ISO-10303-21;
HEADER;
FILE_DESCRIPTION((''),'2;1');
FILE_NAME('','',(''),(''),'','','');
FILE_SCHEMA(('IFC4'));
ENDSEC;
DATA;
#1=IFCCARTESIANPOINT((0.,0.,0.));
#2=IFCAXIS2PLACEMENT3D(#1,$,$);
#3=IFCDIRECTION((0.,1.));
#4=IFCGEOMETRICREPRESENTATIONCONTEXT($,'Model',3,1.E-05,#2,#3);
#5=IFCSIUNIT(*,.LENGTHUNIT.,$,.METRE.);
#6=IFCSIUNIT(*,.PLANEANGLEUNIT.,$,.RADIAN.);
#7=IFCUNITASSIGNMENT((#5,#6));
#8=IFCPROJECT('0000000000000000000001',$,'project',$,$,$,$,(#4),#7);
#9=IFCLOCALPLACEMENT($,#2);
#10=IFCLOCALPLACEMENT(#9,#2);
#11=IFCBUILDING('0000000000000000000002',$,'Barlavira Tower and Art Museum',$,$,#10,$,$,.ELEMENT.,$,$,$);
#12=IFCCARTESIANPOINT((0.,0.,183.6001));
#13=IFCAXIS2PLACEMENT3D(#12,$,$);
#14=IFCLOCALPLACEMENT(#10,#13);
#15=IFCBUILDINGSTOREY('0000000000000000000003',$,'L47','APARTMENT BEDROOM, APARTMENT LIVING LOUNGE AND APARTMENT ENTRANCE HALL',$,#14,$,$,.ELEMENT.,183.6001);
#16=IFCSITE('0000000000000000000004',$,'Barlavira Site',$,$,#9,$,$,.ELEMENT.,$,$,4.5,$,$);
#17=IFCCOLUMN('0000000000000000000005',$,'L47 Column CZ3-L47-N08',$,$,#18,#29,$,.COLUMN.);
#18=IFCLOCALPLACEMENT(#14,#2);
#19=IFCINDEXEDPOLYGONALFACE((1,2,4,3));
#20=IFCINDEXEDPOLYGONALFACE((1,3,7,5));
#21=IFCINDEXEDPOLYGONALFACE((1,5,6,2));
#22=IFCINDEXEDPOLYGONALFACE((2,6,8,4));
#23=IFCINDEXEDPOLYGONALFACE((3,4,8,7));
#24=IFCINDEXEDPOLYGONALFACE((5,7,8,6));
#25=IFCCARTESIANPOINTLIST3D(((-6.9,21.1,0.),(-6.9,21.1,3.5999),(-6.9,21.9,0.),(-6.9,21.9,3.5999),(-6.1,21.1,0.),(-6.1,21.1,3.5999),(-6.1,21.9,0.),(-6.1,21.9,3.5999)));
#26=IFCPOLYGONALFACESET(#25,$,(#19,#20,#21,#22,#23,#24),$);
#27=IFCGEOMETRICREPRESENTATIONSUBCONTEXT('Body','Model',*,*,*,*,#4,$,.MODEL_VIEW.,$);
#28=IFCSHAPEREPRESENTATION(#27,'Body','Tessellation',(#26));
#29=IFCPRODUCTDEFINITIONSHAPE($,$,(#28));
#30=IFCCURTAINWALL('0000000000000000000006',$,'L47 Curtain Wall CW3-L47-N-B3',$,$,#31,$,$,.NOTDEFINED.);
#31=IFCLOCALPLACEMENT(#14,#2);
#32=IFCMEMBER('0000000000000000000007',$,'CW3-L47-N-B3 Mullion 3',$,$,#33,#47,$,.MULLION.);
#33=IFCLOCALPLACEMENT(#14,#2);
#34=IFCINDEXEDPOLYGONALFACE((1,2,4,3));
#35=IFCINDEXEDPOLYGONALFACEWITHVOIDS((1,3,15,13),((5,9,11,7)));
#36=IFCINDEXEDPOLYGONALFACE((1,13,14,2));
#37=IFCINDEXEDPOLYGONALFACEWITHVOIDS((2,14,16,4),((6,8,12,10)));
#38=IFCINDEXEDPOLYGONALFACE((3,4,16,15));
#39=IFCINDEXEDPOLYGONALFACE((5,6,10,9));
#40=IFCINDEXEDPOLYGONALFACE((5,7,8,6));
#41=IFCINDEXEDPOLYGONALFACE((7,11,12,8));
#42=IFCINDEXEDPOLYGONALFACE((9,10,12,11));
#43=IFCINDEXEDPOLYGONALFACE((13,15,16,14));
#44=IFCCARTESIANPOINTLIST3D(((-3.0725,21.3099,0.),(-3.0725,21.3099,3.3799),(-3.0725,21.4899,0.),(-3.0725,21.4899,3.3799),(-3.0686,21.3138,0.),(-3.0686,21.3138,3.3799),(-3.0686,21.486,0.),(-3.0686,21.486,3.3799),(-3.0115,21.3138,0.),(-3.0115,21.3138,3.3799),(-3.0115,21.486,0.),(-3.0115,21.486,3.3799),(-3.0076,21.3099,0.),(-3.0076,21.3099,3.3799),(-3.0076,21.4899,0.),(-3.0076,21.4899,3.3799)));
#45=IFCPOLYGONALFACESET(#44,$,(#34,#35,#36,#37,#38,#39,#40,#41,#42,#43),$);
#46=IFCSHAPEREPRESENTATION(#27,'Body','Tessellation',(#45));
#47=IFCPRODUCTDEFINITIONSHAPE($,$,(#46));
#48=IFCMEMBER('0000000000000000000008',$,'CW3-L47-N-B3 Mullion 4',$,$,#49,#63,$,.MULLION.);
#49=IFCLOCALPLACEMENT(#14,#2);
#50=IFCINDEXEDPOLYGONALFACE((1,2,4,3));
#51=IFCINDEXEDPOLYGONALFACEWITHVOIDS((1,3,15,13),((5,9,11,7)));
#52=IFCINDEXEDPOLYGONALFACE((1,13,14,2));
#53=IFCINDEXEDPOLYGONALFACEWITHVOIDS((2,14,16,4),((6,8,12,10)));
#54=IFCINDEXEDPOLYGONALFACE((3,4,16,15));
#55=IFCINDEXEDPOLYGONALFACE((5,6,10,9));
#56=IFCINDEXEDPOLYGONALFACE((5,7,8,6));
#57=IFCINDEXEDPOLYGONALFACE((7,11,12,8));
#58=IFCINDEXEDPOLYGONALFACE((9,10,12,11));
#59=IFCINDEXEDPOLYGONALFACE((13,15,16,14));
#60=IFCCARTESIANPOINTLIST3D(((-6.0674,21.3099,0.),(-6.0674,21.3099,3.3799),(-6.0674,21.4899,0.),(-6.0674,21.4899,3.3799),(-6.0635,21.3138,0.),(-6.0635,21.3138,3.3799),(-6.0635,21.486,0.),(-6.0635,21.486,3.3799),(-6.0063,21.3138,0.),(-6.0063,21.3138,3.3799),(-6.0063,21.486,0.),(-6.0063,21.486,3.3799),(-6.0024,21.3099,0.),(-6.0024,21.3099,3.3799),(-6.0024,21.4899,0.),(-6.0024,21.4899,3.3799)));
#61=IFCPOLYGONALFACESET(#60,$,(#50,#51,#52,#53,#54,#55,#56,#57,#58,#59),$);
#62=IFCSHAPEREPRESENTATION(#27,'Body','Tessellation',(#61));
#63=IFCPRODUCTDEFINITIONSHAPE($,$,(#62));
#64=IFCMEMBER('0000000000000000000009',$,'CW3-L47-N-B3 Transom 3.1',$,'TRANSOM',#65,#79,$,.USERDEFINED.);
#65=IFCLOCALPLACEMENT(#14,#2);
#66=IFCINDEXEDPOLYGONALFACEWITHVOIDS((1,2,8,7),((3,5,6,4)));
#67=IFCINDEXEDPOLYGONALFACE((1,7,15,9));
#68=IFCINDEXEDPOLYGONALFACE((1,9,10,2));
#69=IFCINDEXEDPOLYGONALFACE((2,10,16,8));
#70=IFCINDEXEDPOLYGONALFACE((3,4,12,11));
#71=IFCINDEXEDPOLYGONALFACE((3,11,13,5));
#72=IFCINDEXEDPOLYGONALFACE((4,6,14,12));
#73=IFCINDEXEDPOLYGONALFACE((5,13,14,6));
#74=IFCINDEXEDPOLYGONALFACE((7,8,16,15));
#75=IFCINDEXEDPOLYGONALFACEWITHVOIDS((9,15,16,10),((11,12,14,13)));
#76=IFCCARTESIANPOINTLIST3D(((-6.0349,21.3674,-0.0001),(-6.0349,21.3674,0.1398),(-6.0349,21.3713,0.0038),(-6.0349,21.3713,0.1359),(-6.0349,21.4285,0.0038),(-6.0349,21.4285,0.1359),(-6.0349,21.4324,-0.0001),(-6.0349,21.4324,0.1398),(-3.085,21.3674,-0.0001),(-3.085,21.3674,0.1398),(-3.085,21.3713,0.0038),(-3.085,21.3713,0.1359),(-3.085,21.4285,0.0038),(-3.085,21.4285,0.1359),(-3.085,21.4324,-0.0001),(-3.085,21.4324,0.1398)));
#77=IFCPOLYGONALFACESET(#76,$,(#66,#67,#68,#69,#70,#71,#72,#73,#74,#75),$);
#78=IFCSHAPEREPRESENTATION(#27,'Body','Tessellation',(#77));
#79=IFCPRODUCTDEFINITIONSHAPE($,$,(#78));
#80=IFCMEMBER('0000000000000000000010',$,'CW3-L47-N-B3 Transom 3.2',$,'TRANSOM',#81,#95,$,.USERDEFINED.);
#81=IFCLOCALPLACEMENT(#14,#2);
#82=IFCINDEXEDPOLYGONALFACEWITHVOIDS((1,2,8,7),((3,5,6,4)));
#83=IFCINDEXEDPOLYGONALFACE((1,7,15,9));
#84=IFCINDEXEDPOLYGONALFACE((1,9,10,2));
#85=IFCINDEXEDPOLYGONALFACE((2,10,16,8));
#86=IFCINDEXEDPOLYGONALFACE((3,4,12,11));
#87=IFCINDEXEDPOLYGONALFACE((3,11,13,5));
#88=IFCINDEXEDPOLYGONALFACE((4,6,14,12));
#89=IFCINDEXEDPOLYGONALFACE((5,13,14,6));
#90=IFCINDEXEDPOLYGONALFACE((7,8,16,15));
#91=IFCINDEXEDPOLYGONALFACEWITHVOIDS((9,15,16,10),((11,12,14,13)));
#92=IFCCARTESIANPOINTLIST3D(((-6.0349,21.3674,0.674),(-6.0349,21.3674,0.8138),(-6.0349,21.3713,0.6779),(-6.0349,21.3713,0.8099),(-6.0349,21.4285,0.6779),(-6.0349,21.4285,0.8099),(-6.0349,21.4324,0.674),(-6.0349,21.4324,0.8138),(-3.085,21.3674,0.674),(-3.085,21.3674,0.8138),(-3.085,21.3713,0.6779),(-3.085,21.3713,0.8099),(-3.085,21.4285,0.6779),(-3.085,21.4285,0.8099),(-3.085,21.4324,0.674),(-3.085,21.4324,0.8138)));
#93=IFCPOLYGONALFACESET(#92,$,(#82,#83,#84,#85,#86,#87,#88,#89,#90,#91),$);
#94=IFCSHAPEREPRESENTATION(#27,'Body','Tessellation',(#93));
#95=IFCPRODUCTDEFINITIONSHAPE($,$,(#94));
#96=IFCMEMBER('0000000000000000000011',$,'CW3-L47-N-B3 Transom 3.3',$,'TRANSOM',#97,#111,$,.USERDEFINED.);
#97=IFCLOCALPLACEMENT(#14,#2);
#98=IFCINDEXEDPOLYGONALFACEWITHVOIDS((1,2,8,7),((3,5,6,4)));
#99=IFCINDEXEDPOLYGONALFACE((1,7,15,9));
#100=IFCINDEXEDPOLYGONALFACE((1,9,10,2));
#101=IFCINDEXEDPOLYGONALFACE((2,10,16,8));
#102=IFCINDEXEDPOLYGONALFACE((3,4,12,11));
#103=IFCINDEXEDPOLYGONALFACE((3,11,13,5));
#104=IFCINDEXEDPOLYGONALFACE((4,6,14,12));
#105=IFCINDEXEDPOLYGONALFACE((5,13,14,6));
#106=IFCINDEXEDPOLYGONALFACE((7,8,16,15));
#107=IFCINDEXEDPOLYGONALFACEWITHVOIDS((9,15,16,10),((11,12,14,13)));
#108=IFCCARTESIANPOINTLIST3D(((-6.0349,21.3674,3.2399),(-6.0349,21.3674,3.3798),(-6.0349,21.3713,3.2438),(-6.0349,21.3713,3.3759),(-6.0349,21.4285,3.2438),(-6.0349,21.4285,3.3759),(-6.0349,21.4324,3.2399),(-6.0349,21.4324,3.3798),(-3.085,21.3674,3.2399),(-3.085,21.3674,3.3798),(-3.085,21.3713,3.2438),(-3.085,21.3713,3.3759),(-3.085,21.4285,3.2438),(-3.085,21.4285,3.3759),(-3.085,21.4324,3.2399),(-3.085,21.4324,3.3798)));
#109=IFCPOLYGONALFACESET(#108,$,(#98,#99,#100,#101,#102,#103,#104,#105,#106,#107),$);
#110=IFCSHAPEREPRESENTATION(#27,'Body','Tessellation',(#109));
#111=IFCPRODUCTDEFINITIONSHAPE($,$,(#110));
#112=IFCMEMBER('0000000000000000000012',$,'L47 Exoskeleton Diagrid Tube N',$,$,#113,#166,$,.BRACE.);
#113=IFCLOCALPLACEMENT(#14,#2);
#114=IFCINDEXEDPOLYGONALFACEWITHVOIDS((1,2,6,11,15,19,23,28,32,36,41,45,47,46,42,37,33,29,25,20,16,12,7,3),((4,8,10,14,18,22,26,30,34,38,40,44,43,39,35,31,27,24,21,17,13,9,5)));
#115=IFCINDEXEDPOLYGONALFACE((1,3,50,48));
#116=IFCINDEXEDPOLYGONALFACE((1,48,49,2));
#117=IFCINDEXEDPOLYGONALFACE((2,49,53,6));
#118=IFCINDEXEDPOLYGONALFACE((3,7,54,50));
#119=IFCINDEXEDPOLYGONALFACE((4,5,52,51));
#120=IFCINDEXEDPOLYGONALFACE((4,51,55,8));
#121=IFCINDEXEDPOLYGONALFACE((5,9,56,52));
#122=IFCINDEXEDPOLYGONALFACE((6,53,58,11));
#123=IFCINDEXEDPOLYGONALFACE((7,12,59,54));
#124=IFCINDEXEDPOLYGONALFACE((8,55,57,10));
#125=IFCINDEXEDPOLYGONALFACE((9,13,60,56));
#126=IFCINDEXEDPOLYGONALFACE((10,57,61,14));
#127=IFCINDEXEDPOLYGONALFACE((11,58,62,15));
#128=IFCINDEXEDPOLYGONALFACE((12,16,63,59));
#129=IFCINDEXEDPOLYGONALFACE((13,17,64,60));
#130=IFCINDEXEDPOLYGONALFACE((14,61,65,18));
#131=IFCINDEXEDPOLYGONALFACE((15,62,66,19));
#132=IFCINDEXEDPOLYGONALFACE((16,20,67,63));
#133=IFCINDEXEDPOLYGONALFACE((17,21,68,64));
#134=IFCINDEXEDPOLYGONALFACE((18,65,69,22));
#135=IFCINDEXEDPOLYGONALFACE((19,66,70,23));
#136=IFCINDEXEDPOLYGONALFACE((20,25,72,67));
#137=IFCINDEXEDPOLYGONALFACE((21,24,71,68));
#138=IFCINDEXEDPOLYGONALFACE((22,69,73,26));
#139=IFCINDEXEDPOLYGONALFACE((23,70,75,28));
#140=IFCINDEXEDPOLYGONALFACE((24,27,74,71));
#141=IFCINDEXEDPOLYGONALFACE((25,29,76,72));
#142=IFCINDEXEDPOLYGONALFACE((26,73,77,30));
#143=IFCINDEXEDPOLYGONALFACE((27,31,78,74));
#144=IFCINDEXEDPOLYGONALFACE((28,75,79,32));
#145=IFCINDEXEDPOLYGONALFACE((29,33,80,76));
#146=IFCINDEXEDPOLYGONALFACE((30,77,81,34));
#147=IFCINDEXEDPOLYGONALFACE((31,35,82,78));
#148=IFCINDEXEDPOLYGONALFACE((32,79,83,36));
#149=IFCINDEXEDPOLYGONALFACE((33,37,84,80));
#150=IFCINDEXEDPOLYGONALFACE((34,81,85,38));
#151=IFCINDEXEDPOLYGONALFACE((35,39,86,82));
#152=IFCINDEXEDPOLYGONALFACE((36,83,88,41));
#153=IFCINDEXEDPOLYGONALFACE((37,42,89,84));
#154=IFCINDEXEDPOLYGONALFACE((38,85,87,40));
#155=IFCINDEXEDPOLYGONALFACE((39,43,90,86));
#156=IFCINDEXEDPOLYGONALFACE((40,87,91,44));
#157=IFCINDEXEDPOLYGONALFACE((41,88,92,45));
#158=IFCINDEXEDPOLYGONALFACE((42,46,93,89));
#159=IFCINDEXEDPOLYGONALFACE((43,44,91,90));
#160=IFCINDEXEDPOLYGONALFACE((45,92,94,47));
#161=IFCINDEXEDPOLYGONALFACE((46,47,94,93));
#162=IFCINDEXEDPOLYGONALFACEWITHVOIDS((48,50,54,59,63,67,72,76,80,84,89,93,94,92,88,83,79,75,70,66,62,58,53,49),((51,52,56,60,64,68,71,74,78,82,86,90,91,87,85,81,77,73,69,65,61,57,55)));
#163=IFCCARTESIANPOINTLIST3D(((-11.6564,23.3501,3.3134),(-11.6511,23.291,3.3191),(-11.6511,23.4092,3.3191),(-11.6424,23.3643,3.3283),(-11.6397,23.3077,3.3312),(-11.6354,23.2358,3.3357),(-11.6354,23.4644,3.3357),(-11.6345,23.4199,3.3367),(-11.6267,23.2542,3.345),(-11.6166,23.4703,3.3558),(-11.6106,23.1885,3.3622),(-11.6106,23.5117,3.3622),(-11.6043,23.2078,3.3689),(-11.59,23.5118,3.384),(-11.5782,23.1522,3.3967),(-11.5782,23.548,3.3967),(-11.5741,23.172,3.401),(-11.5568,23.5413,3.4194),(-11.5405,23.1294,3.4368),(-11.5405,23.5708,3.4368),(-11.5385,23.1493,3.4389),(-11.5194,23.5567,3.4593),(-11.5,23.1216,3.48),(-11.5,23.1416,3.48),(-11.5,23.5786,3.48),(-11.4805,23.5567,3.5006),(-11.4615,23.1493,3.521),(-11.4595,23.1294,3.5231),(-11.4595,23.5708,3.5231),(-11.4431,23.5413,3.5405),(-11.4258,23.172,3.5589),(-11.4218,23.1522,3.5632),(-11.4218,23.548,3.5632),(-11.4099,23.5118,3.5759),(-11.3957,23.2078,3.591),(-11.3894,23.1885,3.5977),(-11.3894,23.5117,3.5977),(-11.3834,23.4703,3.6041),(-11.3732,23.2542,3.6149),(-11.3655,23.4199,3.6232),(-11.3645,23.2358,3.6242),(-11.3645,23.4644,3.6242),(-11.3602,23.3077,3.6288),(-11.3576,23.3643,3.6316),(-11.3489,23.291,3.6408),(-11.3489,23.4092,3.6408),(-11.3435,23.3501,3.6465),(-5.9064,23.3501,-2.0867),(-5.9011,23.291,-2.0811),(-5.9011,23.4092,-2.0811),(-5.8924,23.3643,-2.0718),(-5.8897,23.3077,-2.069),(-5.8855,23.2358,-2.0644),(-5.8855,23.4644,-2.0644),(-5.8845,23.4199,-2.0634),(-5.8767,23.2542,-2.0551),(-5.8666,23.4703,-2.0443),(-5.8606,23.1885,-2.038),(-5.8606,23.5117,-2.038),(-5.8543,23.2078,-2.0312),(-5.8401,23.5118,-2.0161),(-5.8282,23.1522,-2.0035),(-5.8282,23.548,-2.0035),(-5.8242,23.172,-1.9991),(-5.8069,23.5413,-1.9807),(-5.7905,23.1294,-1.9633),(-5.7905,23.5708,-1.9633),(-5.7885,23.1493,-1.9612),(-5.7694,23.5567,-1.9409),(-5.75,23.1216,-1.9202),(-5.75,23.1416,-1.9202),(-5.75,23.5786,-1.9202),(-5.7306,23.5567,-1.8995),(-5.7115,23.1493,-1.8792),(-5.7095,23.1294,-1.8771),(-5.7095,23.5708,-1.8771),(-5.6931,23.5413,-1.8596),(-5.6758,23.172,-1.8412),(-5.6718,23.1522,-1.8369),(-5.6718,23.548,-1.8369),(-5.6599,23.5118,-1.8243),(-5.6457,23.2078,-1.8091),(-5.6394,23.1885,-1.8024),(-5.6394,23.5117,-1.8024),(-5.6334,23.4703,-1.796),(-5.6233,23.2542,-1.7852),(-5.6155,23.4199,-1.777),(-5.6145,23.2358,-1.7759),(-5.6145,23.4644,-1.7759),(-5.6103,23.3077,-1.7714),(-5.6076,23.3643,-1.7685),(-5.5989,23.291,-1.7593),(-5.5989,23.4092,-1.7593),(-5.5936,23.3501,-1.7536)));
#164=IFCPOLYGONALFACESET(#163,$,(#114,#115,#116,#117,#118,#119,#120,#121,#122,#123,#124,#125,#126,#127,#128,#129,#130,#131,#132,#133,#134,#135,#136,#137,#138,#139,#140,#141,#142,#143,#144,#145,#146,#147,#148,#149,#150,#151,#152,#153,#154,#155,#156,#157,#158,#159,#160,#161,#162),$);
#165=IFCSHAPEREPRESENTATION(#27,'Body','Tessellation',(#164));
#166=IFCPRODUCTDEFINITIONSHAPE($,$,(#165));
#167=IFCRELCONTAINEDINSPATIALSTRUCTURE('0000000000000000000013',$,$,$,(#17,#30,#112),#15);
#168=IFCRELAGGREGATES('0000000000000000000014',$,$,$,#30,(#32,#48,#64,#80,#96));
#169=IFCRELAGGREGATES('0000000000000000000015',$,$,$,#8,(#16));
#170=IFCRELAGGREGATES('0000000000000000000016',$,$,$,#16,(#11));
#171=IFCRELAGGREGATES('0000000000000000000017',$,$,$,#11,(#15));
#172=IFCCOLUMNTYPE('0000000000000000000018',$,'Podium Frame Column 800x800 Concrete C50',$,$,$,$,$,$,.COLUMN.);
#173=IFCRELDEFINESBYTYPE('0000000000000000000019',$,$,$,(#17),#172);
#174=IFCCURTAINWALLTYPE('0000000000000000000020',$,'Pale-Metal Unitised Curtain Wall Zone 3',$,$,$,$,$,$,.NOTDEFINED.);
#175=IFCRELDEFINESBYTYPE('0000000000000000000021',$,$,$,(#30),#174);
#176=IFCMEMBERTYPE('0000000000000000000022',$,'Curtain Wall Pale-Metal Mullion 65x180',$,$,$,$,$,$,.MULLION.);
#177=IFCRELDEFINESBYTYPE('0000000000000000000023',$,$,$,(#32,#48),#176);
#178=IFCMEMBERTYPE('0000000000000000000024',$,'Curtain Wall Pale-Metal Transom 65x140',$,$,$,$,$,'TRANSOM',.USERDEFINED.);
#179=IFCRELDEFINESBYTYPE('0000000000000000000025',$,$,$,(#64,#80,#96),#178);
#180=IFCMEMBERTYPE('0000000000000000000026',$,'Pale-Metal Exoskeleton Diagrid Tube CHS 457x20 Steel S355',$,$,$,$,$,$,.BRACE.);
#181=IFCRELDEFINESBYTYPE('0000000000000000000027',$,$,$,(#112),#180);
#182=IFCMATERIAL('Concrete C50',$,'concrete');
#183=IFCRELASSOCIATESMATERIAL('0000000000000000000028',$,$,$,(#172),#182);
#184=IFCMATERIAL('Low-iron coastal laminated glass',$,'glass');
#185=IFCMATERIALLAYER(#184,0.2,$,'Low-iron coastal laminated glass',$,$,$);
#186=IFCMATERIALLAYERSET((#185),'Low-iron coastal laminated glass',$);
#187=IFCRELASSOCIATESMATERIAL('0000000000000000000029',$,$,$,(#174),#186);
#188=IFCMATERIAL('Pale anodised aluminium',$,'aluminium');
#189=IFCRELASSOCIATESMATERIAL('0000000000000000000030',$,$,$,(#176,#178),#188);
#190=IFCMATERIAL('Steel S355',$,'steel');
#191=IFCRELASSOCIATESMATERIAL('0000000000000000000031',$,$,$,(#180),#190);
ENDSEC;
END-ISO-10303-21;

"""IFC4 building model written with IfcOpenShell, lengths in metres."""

from ifc_helpers import new_model, si_unit, direction, frame, origin, origin_2d, place, context, subcontext, project, spatial, rectangle, hollow_rectangle, hollow_circle, extrude, material, layer, layer_set, material_profile, profile_set, type_object, element, aggregate, save


model = new_model("IFC4")

# Units and contexts
model_context = context("Model", 3, precision=1e-05, world=origin(), true_north=direction((0.0, 1.0)))
body_context = subcontext(model_context, "Body", "Model", "MODEL_VIEW")
ifc_project = project(units=[si_unit("LENGTHUNIT", "METRE"), si_unit("PLANEANGLEUNIT", "RADIAN")], contexts=[model_context])

# Site, building, storey
site_placement = place(None, origin())
site = spatial("IfcSite", under=ifc_project, at=site_placement, Name="Barlavira Site", CompositionType="ELEMENT", RefElevation=4.5)
building_placement = place(site_placement, origin())
building = spatial("IfcBuilding", under=site, at=building_placement, Name="Barlavira Tower and Art Museum", CompositionType="ELEMENT")
storey_placement = place(building_placement, frame((0.0, 0.0, 183.6001)))
storey = spatial("IfcBuildingStorey", under=building, at=storey_placement, Name="L47", Description="APARTMENT BEDROOM, APARTMENT LIVING LOUNGE AND APARTMENT ENTRANCE HALL", CompositionType="ELEMENT", Elevation=183.6001)

# Column
ifc_material_1 = material(Name="Concrete C50", Category="concrete")
ifc_material_profile_1 = material_profile(ifc_material_1, rectangle(XDim=0.8, YDim=0.8, at=origin_2d()), Name="RC-COL 800x800")
ifc_profile_set_1 = profile_set([ifc_material_profile_1], Name="Concrete C50")
column_type = type_object("IfcColumnType", Name="Podium Frame Column 800x800 Concrete C50", PredefinedType="COLUMN", material=ifc_profile_set_1)
column_placement = place(storey_placement, frame((-6.5, 21.5, 0.0), z_axis=(0.0, 0.0, 1.0), x_axis=(1.0, 0.0, 0.0)))
element("IfcColumn", 1, at=column_placement, inside=storey, type_object=column_type, Name="L47 Column CZ3-L47-N08", PredefinedType="COLUMN", context=body_context, shape_type="SweptSolid", body=[
    extrude(rectangle(XDim=0.8, YDim=0.8, at=origin_2d()), origin(), (0.0, 0.0, 1.0), 3.5999),
])

# Curtain wall, members
ifc_material_2 = material(Name="Low-iron coastal laminated glass", Category="glass")
ifc_layer_1 = layer(ifc_material_2, 0.2, Name="Low-iron coastal laminated glass")
ifc_layer_set_1 = layer_set([ifc_layer_1], Name="Low-iron coastal laminated glass")
curtain_wall_type = type_object("IfcCurtainWallType", Name="Pale-Metal Unitised Curtain Wall Zone 3", PredefinedType="NOTDEFINED", material=ifc_layer_set_1)
curtain_wall_placement = place(storey_placement, origin())
curtain_wall = element("IfcCurtainWall", 2, at=curtain_wall_placement, inside=storey, type_object=curtain_wall_type, Name="L47 Curtain Wall CW3-L47-N-B3", PredefinedType="NOTDEFINED")
ifc_material_3 = material(Name="Pale anodised aluminium", Category="aluminium")
ifc_material_profile_2 = material_profile(ifc_material_3, hollow_rectangle(XDim=0.0649, YDim=0.1799, WallThickness=0.0039, at=origin_2d()), Name="ALU-MULL 65x180x4")
ifc_profile_set_2 = profile_set([ifc_material_profile_2], Name="Pale anodised aluminium")
member_type_1 = type_object("IfcMemberType", Name="Curtain Wall Pale-Metal Mullion 65x180", PredefinedType="MULLION", material=ifc_profile_set_2)
member_1_placement = place(storey_placement, frame((-3.04, 21.3999, 0.0), z_axis=(0.0, 0.0, 1.0), x_axis=(-1.0, 0.0, 0.0)))
member_1 = element("IfcMember", 3, at=member_1_placement, type_object=member_type_1, Name="CW3-L47-N-B3 Mullion 3", PredefinedType="MULLION", context=body_context, shape_type="SweptSolid", body=[
    extrude(hollow_rectangle(XDim=0.0649, YDim=0.1799, WallThickness=0.0039, at=origin_2d()), origin(), (0.0, 0.0, 1.0), 3.3799),
])
member_2_placement = place(storey_placement, frame((-6.0349, 21.3999, 0.0), z_axis=(0.0, 0.0, 1.0), x_axis=(-1.0, 0.0, 0.0)))
member_2 = element("IfcMember", 4, at=member_2_placement, type_object=member_type_1, Name="CW3-L47-N-B3 Mullion 4", PredefinedType="MULLION", context=body_context, shape_type="SweptSolid", body=[
    extrude(hollow_rectangle(XDim=0.0649, YDim=0.1799, WallThickness=0.0039, at=origin_2d()), origin(), (0.0, 0.0, 1.0), 3.3799),
])
ifc_material_profile_3 = material_profile(ifc_material_3, hollow_rectangle(XDim=0.0649, YDim=0.1399, WallThickness=0.0039, at=origin_2d()), Name="ALU-TRAN 65x140x4")
ifc_profile_set_3 = profile_set([ifc_material_profile_3], Name="Pale anodised aluminium")
member_type_2 = type_object("IfcMemberType", Name="Curtain Wall Pale-Metal Transom 65x140", ElementType="TRANSOM", PredefinedType="USERDEFINED", material=ifc_profile_set_3)
member_3_placement = place(storey_placement, frame((-3.085, 21.3999, 0.0698), z_axis=(-1.0, 0.0, 0.0), x_axis=(0.0, -1.0, 0.0)))
member_3 = element("IfcMember", 5, at=member_3_placement, type_object=member_type_2, Name="CW3-L47-N-B3 Transom 3.1", ObjectType="TRANSOM", PredefinedType="USERDEFINED", context=body_context, shape_type="SweptSolid", body=[
    extrude(hollow_rectangle(XDim=0.0649, YDim=0.1399, WallThickness=0.0039, at=origin_2d()), origin(), (0.0, 0.0, 1.0), 2.95),
])
member_4_placement = place(storey_placement, frame((-3.085, 21.3999, 0.7439), z_axis=(-1.0, 0.0, 0.0), x_axis=(0.0, -1.0, 0.0)))
member_4 = element("IfcMember", 6, at=member_4_placement, type_object=member_type_2, Name="CW3-L47-N-B3 Transom 3.2", ObjectType="TRANSOM", PredefinedType="USERDEFINED", context=body_context, shape_type="SweptSolid", body=[
    extrude(hollow_rectangle(XDim=0.0649, YDim=0.1399, WallThickness=0.0039, at=origin_2d()), origin(), (0.0, 0.0, 1.0), 2.95),
])
member_5_placement = place(storey_placement, frame((-3.085, 21.3999, 3.3098), z_axis=(-1.0, 0.0, 0.0), x_axis=(0.0, -1.0, 0.0)))
member_5 = element("IfcMember", 7, at=member_5_placement, type_object=member_type_2, Name="CW3-L47-N-B3 Transom 3.3", ObjectType="TRANSOM", PredefinedType="USERDEFINED", context=body_context, shape_type="SweptSolid", body=[
    extrude(hollow_rectangle(XDim=0.0649, YDim=0.1399, WallThickness=0.0039, at=origin_2d()), origin(), (0.0, 0.0, 1.0), 2.95),
])

# Member
ifc_material_4 = material(Name="Steel S355", Category="steel")
ifc_material_profile_4 = material_profile(ifc_material_4, hollow_circle(Radius=0.2285, WallThickness=0.02, at=origin_2d()), Name="CHS 457.0x20.0")
ifc_profile_set_4 = profile_set([ifc_material_profile_4], Name="Steel S355")
member_type_3 = type_object("IfcMemberType", Name="Pale-Metal Exoskeleton Diagrid Tube CHS 457x20 Steel S355", PredefinedType="BRACE", material=ifc_profile_set_4)
for number, where, z_axis, x_axis, name in (
    (8, (-5.75, 23.3501, -1.9202), (-0.728935, 0.0, 0.684583), (0.0, -1.0, 0.0), "L47 Exoskeleton Diagrid Tube N"),
):
    element("IfcMember", number, at=place(storey_placement, frame(where, z_axis=z_axis, x_axis=x_axis)), inside=storey, type_object=member_type_3, Name=name, PredefinedType="BRACE", context=body_context, shape_type="SweptSolid", body=[
        extrude(hollow_circle(Radius=0.2285, WallThickness=0.02, at=origin_2d()), origin(), (0.0, 0.0, 1.0), 7.8882),
    ])

aggregate(curtain_wall, [member_1, member_2, member_3, member_4, member_5])

save(model, "model.ifc")
